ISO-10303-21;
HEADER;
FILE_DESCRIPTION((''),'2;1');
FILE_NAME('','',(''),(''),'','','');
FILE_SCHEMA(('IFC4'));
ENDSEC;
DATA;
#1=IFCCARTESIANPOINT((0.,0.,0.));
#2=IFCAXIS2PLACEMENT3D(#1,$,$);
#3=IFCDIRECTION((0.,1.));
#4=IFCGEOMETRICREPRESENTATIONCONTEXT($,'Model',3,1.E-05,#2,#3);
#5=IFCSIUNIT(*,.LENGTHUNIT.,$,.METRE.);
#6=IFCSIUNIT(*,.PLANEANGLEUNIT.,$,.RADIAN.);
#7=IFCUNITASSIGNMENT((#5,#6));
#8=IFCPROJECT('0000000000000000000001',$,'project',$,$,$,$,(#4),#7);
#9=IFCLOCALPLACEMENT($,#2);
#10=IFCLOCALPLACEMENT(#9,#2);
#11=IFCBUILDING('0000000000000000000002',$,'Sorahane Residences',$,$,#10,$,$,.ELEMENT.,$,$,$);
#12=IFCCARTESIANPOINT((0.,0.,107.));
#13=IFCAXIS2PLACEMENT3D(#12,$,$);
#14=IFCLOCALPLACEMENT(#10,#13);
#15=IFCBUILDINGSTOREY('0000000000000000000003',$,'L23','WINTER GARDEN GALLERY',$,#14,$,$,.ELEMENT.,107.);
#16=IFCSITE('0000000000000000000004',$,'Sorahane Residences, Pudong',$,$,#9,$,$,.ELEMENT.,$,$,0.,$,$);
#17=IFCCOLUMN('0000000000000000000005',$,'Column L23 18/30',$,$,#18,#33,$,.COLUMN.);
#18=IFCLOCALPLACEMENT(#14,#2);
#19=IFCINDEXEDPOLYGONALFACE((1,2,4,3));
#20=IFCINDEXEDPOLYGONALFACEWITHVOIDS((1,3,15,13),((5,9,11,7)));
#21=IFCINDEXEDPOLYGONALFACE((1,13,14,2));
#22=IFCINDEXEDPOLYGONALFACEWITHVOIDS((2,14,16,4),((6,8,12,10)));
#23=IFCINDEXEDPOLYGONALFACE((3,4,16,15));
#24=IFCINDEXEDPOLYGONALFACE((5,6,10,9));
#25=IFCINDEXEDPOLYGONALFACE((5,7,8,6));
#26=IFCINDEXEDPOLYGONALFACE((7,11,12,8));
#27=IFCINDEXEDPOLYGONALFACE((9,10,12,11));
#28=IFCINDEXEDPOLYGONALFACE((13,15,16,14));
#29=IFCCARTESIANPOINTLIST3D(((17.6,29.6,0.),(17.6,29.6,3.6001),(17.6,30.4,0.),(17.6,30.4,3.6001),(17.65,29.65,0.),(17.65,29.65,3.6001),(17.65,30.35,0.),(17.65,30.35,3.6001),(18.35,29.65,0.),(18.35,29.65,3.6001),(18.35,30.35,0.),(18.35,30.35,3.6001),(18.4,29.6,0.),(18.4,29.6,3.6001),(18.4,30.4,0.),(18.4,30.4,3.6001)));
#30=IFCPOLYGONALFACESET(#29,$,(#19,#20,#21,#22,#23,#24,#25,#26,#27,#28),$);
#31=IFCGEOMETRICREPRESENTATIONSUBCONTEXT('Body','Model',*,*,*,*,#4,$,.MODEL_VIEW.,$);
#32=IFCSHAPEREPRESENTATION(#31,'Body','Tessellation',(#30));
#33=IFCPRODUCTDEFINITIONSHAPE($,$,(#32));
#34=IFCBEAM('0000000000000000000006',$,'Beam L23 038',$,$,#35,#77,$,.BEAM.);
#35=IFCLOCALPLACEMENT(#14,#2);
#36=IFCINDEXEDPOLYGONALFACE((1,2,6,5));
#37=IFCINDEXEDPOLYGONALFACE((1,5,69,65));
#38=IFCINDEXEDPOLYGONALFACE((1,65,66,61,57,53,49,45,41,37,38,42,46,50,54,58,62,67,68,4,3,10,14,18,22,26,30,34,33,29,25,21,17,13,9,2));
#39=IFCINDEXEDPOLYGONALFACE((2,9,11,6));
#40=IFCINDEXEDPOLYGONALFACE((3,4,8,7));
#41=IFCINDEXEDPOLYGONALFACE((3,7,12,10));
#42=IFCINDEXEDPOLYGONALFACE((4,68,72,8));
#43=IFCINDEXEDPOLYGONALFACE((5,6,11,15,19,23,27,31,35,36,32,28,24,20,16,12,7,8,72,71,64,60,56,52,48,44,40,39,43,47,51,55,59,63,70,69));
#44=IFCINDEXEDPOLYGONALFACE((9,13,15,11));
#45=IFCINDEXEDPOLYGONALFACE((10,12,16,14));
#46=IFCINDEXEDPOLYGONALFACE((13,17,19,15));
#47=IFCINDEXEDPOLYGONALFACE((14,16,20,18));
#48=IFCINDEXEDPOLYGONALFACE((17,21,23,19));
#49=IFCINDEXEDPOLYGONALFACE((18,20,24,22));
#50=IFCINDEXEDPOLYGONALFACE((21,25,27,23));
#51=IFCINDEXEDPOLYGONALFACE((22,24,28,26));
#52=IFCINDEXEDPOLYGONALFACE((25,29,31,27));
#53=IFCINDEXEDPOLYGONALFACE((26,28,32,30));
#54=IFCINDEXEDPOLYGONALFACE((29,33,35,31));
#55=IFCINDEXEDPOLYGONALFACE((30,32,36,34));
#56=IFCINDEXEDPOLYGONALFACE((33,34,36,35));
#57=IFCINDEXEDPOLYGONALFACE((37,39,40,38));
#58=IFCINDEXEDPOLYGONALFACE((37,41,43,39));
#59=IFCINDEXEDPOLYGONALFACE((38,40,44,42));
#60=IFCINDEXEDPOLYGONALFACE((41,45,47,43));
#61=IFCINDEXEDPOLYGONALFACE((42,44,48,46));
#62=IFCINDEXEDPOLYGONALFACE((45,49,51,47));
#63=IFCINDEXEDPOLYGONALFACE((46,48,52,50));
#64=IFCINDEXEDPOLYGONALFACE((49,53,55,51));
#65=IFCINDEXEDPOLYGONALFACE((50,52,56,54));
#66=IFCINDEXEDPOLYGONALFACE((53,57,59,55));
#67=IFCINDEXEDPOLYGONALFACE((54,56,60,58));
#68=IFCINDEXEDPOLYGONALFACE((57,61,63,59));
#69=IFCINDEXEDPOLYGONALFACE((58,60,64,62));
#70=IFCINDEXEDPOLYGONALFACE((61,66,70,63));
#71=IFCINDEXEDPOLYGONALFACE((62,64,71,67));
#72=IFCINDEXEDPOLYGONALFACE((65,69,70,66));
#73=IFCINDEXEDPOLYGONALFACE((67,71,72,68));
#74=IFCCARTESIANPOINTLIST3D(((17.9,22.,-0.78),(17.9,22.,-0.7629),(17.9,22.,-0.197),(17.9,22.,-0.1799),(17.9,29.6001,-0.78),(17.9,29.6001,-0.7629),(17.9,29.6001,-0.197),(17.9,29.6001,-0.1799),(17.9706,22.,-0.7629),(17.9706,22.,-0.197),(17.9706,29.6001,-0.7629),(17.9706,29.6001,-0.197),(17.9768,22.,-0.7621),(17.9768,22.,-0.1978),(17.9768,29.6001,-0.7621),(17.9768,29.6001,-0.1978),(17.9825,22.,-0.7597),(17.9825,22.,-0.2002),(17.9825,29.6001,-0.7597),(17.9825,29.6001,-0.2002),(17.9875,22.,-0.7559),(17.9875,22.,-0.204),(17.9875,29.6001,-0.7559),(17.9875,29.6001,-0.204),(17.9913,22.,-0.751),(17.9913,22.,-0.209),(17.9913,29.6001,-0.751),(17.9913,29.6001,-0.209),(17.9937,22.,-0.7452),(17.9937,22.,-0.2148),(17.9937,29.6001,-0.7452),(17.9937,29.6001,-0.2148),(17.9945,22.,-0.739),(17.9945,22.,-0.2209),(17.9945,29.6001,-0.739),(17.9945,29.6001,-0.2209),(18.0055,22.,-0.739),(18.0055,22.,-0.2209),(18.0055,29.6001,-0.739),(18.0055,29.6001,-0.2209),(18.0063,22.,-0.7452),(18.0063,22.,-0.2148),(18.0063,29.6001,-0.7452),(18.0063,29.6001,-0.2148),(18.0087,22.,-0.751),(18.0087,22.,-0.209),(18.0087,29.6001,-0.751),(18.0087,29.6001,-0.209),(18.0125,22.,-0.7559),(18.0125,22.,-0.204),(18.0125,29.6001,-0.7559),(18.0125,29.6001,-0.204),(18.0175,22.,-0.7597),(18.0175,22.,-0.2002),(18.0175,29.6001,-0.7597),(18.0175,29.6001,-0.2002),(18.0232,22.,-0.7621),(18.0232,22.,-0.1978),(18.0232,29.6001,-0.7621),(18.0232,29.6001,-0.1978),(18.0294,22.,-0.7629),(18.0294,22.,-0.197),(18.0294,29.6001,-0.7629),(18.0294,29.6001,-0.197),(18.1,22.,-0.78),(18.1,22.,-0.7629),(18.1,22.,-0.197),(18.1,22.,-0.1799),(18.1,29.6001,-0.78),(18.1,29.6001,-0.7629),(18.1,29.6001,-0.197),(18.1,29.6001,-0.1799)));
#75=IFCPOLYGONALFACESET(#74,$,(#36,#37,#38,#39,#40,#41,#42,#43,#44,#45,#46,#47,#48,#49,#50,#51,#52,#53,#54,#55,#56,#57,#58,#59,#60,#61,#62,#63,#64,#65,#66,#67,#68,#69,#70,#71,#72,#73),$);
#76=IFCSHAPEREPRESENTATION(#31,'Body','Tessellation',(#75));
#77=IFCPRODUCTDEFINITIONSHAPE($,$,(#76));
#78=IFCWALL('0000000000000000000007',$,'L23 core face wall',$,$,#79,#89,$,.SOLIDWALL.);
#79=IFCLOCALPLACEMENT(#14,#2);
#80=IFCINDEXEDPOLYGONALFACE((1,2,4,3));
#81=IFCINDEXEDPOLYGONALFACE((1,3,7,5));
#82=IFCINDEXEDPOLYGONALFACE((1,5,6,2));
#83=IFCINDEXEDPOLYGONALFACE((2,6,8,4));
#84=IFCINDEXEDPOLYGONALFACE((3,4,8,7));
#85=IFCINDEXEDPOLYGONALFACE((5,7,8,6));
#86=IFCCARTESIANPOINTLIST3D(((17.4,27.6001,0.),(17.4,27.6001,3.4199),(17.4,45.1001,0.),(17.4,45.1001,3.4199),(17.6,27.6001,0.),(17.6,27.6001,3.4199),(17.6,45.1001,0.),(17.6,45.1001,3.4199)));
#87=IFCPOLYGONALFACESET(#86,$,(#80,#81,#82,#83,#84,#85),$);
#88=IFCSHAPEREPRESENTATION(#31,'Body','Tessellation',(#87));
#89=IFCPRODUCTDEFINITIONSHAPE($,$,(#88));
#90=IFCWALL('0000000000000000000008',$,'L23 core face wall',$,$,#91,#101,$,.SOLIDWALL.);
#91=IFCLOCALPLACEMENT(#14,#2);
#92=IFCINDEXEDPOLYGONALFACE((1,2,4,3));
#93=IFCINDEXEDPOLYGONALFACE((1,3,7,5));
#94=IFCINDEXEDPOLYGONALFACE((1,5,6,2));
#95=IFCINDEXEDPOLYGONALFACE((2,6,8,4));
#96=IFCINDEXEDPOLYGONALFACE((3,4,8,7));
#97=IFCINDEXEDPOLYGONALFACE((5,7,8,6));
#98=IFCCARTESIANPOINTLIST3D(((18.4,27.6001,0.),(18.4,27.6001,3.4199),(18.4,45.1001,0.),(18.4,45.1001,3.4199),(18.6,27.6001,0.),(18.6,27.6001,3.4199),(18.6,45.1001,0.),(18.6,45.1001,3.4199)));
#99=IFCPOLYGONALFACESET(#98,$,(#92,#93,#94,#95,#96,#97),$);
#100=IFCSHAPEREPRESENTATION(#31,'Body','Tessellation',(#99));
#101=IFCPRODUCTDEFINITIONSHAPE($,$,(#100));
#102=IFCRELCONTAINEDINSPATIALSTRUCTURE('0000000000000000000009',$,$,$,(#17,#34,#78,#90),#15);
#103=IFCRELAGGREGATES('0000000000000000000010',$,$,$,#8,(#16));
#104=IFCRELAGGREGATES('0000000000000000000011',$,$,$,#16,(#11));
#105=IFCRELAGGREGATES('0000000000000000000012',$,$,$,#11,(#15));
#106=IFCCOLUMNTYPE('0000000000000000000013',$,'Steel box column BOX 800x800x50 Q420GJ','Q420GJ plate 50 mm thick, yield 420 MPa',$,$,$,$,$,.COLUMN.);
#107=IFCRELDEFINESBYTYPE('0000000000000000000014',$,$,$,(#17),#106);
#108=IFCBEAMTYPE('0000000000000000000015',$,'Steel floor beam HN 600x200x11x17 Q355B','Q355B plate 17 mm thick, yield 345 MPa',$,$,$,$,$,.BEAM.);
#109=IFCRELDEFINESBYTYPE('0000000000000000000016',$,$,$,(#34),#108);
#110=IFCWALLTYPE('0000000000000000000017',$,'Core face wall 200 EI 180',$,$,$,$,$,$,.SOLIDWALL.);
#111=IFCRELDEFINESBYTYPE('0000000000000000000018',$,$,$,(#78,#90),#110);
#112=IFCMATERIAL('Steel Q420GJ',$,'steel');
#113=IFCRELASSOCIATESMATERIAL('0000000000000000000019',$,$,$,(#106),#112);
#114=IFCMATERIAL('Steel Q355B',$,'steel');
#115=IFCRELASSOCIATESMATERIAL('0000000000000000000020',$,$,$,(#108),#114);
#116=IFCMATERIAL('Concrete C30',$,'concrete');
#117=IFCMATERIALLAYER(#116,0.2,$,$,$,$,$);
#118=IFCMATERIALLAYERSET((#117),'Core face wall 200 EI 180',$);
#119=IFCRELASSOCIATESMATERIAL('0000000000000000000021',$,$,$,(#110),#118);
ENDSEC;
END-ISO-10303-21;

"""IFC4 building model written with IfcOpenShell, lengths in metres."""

from ifc_helpers import new_model, si_unit, direction, frame, frame_2d, origin, origin_2d, place, context, subcontext, project, spatial, rectangle, hollow_rectangle, i_section, extrude, material, layer, layer_set, material_profile, profile_set, type_object, element, save


model = new_model("IFC4")

# Units and contexts
model_context = context("Model", 3, precision=1e-05, world=origin(), true_north=direction((0.0, 1.0)))
body_context = subcontext(model_context, "Body", "Model", "MODEL_VIEW")
ifc_project = project(units=[si_unit("LENGTHUNIT", "METRE"), si_unit("PLANEANGLEUNIT", "RADIAN")], contexts=[model_context])

# Site, building, storey
site_placement = place(None, origin())
site = spatial("IfcSite", under=ifc_project, at=site_placement, Name="Sorahane Residences, Pudong", CompositionType="ELEMENT", RefElevation=0.0)
building_placement = place(site_placement, origin())
building = spatial("IfcBuilding", under=site, at=building_placement, Name="Sorahane Residences", CompositionType="ELEMENT")
storey_placement = place(building_placement, frame((0.0, 0.0, 107.0)))
storey = spatial("IfcBuildingStorey", under=building, at=storey_placement, Name="L23", Description="WINTER GARDEN GALLERY", CompositionType="ELEMENT", Elevation=107.0)

# Column
ifc_material_1 = material(Name="Steel Q420GJ", Category="steel")
ifc_material_profile_1 = material_profile(ifc_material_1, hollow_rectangle(XDim=0.8, YDim=0.8, WallThickness=0.05, at=origin_2d()), Name="BOX 800x800x50")
ifc_profile_set_1 = profile_set([ifc_material_profile_1], Name="Steel Q420GJ")
column_type = type_object("IfcColumnType", Name="Steel box column BOX 800x800x50 Q420GJ", Description="Q420GJ plate 50 mm thick, yield 420 MPa", PredefinedType="COLUMN", material=ifc_profile_set_1)
column_placement = place(storey_placement, frame((18.0, 30.0, 0.0), z_axis=(0.0, 0.0, 1.0), x_axis=(1.0, 0.0, 0.0)))
element("IfcColumn", 1, at=column_placement, inside=storey, type_object=column_type, Name="Column L23 18/30", PredefinedType="COLUMN", context=body_context, shape_type="SweptSolid", body=[
    extrude(hollow_rectangle(XDim=0.8, YDim=0.8, WallThickness=0.05, at=origin_2d()), origin(), (0.0, 0.0, 1.0), 3.6001),
])

# Beam
ifc_material_2 = material(Name="Steel Q355B", Category="steel")
ifc_material_profile_2 = material_profile(ifc_material_2, i_section(OverallWidth=0.2, OverallDepth=0.6001, WebThickness=0.011, FlangeThickness=0.0171, FilletRadius=0.0239, at=origin_2d()), Name="HN 600x200x11x17")
ifc_profile_set_2 = profile_set([ifc_material_profile_2], Name="Steel Q355B")
beam_type = type_object("IfcBeamType", Name="Steel floor beam HN 600x200x11x17 Q355B", Description="Q355B plate 17 mm thick, yield 345 MPa", PredefinedType="BEAM", material=ifc_profile_set_2)
beam_placement = place(storey_placement, frame((18.0, 22.0, -0.48), z_axis=(0.0, 1.0, 0.0), x_axis=(-1.0, 0.0, 0.0)))
element("IfcBeam", 2, at=beam_placement, inside=storey, type_object=beam_type, Name="Beam L23 038", PredefinedType="BEAM", context=body_context, shape_type="SweptSolid", body=[
    extrude(i_section(OverallWidth=0.2, OverallDepth=0.6001, WebThickness=0.011, FlangeThickness=0.0171, FilletRadius=0.0239, at=origin_2d()), origin(), (0.0, 0.0, 1.0), 7.6001),
])

# Walls
ifc_material_3 = material(Name="Concrete C30", Category="concrete")
ifc_layer_1 = layer(ifc_material_3, 0.2)
ifc_layer_set_1 = layer_set([ifc_layer_1], Name="Core face wall 200 EI 180")
wall_type_1 = type_object("IfcWallType", Name="Core face wall 200 EI 180", PredefinedType="SOLIDWALL", material=ifc_layer_set_1)
for number, where, z_axis, x_axis, name in (
    (3, (17.5, 27.6001, 0.0), (0.0, 0.0, 1.0), (0.0, 1.0, 0.0), "L23 core face wall"),
    (4, (18.5, 27.6001, 0.0), (0.0, 0.0, 1.0), (0.0, 1.0, 0.0), "L23 core face wall"),
):
    element("IfcWall", number, at=place(storey_placement, frame(where, z_axis=z_axis, x_axis=x_axis)), inside=storey, type_object=wall_type_1, Name=name, PredefinedType="SOLIDWALL", context=body_context, shape_type="SweptSolid", body=[
        extrude(rectangle(XDim=17.5, YDim=0.2, at=frame_2d((8.75, 0.0))), origin(), (0.0, 0.0, 1.0), 3.4199),
    ])

save(model, "model.ifc")
